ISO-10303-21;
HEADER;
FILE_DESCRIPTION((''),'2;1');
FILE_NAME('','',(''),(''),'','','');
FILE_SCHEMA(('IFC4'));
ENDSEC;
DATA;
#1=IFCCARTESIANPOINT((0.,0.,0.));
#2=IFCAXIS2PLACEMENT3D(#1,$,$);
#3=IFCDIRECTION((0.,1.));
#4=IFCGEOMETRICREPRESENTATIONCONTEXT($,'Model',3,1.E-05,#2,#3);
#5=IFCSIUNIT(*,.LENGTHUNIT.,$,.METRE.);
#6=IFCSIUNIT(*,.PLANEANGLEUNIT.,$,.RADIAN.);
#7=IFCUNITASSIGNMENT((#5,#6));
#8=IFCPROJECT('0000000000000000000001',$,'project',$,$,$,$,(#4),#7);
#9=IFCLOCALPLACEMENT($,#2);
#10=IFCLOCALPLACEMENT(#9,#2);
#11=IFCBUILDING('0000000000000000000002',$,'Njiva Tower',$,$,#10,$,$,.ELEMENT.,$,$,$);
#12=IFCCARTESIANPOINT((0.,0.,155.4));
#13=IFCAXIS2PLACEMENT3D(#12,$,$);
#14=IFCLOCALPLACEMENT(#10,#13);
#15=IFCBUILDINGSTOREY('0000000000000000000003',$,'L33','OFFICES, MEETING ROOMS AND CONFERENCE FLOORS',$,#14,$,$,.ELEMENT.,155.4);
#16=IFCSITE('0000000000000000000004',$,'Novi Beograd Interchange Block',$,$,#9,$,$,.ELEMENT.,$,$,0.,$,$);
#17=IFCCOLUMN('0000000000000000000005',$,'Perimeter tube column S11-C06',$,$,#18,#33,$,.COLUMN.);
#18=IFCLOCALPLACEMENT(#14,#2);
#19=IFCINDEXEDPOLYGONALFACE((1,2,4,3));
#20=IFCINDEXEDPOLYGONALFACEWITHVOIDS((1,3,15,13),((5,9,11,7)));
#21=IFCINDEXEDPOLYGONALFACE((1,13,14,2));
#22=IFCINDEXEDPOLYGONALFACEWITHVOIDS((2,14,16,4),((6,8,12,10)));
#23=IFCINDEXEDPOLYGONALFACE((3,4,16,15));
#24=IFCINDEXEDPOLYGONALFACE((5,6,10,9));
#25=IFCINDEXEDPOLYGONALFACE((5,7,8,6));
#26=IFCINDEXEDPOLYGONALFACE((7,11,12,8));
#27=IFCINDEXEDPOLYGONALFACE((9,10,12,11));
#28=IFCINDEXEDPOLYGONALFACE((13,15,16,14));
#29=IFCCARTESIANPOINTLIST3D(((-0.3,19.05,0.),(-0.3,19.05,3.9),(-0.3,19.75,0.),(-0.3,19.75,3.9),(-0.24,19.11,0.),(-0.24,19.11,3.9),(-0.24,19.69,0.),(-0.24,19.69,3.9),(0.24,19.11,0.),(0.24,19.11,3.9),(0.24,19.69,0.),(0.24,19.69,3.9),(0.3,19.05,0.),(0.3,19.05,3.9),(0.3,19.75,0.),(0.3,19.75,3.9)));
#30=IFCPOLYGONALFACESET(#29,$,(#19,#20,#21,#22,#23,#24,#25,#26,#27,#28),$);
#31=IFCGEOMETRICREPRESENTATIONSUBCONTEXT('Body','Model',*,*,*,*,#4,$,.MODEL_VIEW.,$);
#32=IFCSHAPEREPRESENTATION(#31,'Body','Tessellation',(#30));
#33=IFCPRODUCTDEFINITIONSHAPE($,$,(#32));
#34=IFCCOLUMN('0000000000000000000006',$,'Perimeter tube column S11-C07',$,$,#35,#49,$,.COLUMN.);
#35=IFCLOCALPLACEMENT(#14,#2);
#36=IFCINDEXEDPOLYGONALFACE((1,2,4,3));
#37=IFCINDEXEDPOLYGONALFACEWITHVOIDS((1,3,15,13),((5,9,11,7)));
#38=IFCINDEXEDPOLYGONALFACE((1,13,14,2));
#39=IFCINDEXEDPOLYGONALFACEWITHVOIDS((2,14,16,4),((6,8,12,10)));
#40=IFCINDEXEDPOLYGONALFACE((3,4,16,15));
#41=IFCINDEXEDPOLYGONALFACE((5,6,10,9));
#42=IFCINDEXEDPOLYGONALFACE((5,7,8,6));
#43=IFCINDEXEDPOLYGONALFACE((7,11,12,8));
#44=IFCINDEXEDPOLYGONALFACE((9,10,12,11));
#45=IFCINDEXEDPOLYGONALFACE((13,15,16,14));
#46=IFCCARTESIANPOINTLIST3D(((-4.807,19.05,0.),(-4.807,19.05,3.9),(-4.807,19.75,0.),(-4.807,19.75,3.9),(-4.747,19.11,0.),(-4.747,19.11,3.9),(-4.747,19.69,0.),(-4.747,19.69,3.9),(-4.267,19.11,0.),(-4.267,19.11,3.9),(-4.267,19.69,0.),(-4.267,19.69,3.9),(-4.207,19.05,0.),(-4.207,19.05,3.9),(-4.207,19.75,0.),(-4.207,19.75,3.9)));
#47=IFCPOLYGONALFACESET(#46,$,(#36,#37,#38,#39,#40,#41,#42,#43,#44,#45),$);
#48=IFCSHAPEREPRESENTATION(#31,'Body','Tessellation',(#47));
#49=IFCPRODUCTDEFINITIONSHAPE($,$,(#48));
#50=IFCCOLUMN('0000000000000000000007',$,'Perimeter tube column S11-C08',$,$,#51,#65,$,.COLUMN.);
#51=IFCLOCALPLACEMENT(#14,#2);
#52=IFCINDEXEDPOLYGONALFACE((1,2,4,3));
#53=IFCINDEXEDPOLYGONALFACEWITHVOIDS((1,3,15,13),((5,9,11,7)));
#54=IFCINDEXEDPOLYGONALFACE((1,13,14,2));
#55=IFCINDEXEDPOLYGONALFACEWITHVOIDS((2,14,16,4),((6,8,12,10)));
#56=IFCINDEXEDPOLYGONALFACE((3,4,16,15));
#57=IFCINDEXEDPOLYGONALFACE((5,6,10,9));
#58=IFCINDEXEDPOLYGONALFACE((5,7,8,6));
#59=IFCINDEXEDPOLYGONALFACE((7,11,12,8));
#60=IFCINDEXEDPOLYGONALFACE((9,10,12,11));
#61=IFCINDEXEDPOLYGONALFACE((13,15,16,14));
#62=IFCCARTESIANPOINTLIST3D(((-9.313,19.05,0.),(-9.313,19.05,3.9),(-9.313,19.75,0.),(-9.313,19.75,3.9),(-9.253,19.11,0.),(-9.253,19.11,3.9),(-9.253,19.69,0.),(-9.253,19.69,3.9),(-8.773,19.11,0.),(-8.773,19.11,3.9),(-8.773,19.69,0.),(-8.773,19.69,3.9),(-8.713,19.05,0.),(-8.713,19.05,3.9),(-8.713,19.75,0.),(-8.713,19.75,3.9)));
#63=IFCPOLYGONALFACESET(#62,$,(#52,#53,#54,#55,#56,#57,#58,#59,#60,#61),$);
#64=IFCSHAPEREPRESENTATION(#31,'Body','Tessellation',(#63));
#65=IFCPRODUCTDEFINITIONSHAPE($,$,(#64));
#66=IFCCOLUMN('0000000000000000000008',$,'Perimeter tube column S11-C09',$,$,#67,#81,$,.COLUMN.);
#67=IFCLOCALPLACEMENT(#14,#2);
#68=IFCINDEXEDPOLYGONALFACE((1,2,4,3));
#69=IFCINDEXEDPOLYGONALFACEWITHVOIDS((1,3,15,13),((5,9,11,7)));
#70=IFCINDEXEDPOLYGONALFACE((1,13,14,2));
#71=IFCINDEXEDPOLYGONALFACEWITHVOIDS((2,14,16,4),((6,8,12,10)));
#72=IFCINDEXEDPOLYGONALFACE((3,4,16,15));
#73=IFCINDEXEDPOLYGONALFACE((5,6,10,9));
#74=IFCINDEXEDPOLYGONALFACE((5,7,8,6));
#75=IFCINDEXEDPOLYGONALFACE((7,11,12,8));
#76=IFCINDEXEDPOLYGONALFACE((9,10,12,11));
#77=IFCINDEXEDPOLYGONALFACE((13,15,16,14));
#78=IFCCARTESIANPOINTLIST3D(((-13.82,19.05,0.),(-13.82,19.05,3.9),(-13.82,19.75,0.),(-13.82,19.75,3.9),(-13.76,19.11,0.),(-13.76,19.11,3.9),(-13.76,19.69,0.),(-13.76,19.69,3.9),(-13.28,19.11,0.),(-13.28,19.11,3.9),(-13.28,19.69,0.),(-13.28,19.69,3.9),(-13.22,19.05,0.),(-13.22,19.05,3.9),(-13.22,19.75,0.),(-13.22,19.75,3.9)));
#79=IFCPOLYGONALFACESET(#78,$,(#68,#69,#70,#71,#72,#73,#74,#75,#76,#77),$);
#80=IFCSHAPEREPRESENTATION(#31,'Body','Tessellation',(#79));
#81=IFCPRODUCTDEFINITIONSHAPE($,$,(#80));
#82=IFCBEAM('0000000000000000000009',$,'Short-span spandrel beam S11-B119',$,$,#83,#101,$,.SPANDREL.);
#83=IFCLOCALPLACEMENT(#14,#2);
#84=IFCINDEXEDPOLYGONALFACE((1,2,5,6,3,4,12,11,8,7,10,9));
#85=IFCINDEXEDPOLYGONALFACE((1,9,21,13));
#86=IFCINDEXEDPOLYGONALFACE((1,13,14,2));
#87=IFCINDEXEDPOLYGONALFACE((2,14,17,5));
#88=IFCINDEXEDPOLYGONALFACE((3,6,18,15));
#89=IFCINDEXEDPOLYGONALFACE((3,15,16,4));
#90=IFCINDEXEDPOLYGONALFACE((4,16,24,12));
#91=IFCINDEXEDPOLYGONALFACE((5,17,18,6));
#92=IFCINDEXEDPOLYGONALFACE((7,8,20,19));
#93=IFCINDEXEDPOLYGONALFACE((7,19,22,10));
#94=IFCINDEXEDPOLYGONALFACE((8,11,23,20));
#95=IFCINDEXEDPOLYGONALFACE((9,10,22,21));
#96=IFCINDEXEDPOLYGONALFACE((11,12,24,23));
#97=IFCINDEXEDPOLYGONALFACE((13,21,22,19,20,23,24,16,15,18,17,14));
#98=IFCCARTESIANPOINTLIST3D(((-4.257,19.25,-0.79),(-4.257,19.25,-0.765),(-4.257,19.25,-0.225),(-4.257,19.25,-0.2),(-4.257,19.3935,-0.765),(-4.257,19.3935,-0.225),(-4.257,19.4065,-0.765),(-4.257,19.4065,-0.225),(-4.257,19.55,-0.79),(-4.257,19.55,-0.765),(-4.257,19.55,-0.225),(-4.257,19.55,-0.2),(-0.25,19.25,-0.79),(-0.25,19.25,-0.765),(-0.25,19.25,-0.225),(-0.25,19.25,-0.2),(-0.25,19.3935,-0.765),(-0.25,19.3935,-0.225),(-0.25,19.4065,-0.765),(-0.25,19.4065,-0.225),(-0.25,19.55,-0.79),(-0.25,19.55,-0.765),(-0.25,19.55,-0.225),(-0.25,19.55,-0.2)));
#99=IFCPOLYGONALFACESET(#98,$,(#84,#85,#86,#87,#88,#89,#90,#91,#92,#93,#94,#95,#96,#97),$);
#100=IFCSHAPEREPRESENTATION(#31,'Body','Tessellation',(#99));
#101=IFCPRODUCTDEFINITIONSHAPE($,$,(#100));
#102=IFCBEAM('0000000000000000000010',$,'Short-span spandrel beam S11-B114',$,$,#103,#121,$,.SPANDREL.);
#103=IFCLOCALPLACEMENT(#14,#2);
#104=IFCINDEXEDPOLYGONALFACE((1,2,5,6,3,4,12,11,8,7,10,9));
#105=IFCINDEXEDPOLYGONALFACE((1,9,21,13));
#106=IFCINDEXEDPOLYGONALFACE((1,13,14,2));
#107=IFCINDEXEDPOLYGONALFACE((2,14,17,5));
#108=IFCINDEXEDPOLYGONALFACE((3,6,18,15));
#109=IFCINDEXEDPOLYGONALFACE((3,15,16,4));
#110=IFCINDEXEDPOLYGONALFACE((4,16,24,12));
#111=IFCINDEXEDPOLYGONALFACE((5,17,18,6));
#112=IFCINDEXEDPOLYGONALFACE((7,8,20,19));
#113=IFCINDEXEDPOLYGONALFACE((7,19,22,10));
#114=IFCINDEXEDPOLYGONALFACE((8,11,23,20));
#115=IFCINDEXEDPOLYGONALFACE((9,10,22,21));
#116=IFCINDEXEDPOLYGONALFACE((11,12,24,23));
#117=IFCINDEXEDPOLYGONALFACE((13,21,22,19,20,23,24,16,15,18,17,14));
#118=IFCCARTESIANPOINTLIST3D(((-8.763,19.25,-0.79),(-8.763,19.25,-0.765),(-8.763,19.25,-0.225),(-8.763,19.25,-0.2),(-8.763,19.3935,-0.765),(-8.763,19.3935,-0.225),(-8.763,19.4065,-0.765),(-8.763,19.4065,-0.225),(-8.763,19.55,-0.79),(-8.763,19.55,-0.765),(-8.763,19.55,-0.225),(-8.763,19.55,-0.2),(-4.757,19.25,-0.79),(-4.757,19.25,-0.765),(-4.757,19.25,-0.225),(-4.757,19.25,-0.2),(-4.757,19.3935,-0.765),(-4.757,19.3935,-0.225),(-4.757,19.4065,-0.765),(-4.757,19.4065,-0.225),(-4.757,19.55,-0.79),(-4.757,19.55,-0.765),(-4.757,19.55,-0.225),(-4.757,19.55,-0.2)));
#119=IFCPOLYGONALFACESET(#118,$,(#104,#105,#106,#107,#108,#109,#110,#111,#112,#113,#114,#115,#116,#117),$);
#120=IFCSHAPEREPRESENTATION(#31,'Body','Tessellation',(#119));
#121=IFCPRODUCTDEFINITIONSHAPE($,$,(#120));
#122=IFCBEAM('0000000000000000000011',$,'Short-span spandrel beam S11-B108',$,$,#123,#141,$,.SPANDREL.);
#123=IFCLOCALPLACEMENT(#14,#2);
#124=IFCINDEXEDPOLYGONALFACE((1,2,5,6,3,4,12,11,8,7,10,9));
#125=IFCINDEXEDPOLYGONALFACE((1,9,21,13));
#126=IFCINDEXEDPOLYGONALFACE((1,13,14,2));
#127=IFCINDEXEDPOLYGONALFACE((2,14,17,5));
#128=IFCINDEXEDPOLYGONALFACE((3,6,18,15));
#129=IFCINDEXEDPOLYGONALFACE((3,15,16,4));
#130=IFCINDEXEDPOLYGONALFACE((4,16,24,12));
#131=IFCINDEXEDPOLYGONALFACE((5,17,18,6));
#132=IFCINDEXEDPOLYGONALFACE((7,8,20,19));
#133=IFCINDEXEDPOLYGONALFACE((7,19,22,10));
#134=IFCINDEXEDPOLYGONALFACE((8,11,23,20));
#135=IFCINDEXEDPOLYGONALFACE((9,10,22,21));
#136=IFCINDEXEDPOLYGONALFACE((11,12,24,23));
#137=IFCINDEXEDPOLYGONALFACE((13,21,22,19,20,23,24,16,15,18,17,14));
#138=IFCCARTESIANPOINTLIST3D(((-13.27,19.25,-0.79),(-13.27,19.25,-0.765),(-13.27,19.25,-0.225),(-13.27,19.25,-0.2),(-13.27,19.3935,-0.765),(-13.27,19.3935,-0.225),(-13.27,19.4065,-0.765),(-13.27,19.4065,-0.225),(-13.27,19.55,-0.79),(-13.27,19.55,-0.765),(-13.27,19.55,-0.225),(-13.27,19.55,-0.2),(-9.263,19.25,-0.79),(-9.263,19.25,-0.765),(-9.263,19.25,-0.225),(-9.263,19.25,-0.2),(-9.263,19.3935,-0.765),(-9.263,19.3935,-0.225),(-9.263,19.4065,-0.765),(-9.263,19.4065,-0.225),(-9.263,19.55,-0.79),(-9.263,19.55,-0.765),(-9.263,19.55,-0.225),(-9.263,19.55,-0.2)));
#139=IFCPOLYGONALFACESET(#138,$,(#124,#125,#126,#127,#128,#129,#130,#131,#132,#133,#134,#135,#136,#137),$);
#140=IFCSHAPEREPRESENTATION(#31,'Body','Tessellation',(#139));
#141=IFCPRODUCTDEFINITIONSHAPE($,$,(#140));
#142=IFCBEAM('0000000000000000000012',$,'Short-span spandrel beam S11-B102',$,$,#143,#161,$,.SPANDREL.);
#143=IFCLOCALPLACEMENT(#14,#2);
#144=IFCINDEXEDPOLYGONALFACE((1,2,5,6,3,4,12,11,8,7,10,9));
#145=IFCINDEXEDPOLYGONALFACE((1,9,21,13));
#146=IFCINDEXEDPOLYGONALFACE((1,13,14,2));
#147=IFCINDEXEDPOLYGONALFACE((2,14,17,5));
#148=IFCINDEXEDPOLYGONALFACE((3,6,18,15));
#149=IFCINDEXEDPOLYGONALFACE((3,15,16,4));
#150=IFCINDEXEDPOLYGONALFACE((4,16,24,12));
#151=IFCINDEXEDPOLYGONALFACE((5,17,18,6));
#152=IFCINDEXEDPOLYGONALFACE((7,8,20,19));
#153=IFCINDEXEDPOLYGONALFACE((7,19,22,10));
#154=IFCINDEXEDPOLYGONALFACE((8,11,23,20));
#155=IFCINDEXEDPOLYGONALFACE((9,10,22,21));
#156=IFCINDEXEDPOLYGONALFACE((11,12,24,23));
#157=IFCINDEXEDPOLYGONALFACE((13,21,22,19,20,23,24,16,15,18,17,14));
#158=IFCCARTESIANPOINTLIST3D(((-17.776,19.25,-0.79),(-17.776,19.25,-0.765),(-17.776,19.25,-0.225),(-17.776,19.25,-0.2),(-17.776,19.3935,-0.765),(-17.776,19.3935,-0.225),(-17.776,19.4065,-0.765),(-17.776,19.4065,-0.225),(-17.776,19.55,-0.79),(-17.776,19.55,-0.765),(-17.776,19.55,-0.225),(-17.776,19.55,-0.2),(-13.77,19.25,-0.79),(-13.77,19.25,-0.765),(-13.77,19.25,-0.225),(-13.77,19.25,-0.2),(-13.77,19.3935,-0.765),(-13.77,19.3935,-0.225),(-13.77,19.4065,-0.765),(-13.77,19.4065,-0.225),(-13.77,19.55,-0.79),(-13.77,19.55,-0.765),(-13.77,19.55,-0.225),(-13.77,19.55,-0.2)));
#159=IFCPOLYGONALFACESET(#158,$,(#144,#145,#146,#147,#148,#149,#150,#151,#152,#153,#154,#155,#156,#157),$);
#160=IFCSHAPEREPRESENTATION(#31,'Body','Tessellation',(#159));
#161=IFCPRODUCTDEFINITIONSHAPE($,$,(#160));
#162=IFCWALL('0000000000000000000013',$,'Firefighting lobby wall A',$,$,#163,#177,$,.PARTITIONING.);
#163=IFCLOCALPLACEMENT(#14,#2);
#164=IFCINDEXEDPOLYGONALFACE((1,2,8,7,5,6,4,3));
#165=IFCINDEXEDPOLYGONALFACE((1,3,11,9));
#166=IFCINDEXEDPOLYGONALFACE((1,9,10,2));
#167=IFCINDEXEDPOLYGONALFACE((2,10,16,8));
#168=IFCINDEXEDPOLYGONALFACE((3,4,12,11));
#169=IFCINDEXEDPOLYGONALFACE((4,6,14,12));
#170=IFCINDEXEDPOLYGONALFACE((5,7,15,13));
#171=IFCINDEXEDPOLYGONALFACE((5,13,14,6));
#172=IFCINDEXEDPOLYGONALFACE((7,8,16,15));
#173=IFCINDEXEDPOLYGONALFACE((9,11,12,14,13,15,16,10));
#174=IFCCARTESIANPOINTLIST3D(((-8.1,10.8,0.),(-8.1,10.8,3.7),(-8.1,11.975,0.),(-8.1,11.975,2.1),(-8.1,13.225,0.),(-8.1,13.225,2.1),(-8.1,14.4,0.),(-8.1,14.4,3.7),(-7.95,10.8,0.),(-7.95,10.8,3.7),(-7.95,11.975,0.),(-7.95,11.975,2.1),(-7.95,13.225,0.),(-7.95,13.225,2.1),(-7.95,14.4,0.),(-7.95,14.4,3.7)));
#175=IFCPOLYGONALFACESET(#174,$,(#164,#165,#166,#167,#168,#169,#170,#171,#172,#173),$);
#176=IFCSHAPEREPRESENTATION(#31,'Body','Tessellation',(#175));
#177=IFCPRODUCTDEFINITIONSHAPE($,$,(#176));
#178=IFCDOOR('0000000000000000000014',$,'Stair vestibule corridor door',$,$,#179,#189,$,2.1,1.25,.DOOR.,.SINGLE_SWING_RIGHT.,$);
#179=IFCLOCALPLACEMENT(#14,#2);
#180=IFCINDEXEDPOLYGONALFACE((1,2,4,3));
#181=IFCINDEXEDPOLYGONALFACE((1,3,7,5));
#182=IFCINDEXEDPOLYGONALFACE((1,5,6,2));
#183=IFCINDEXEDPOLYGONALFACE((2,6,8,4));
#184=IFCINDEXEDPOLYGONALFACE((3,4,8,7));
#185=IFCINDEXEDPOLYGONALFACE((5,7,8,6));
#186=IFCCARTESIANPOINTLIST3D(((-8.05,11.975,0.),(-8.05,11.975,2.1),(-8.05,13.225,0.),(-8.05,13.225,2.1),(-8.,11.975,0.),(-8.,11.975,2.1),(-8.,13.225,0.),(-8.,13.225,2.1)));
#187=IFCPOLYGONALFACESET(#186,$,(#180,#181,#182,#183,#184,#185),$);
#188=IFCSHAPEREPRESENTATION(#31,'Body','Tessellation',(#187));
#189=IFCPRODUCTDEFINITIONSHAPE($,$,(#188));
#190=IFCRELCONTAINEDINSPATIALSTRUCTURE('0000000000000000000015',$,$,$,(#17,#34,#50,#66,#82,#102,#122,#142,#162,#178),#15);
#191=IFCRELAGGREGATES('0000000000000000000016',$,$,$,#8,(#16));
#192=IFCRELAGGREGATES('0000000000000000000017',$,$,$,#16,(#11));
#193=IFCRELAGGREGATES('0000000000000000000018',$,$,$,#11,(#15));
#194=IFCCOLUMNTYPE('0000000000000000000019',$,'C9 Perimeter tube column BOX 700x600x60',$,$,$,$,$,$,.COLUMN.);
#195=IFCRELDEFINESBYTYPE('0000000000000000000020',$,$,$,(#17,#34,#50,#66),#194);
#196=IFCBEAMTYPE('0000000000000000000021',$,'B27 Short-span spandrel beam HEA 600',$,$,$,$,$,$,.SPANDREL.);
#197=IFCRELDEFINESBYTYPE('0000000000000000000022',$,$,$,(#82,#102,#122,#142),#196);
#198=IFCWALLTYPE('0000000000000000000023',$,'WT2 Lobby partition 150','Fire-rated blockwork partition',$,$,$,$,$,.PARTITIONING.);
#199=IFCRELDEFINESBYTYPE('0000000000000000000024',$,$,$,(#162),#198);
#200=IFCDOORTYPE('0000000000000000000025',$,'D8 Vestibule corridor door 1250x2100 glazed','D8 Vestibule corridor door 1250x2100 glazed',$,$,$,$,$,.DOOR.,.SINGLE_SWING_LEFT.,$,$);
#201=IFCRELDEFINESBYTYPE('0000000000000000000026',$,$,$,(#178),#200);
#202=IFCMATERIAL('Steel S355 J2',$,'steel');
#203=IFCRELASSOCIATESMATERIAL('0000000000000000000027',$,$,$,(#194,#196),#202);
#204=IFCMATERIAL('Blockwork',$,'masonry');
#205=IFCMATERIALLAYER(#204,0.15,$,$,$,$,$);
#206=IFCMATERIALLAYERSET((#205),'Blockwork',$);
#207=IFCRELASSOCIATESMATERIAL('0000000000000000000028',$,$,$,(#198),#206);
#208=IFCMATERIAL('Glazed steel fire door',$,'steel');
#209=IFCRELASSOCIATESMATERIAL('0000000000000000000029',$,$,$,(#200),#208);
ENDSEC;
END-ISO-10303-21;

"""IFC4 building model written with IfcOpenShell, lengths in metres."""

from ifc_helpers import new_model, si_unit, direction, frame, frame_2d, origin, origin_2d, place, context, subcontext, project, spatial, rectangle, hollow_rectangle, i_section, extrude, material, layer, layer_set, material_profile, profile_set, type_object, element, fill, save


model = new_model("IFC4")

# Units and contexts
model_context = context("Model", 3, precision=1e-05, world=origin(), true_north=direction((0.0, 1.0)))
body_context = subcontext(model_context, "Body", "Model", "MODEL_VIEW")
ifc_project = project(units=[si_unit("LENGTHUNIT", "METRE"), si_unit("PLANEANGLEUNIT", "RADIAN")], contexts=[model_context])

# Site, building, storey
site_placement = place(None, origin())
site = spatial("IfcSite", under=ifc_project, at=site_placement, Name="Novi Beograd Interchange Block", CompositionType="ELEMENT", RefElevation=0.0)
building_placement = place(site_placement, origin())
building = spatial("IfcBuilding", under=site, at=building_placement, Name="Njiva Tower", CompositionType="ELEMENT")
storey_placement = place(building_placement, frame((0.0, 0.0, 155.4)))
storey = spatial("IfcBuildingStorey", under=building, at=storey_placement, Name="L33", Description="OFFICES, MEETING ROOMS AND CONFERENCE FLOORS", CompositionType="ELEMENT", Elevation=155.4)

# Columns
ifc_material_1 = material(Name="Steel S355 J2", Category="steel")
ifc_material_profile_1 = material_profile(ifc_material_1, hollow_rectangle(XDim=0.6, YDim=0.7, WallThickness=0.06, at=origin_2d()), Name="BOX 700x600x60")
ifc_profile_set_1 = profile_set([ifc_material_profile_1], Name="Steel S355 J2")
column_type = type_object("IfcColumnType", Name="C9 Perimeter tube column BOX 700x600x60", PredefinedType="COLUMN", material=ifc_profile_set_1)
for number, where, z_axis, x_axis, name in (
    (1, (0.0, 19.4, 0.0), (0.0, 0.0, 1.0), (-1.0, 0.0, 0.0), "Perimeter tube column S11-C06"),
    (2, (-4.507, 19.4, 0.0), (0.0, 0.0, 1.0), (-1.0, 0.0, 0.0), "Perimeter tube column S11-C07"),
    (3, (-9.013, 19.4, 0.0), (0.0, 0.0, 1.0), (-1.0, 0.0, 0.0), "Perimeter tube column S11-C08"),
    (4, (-13.52, 19.4, 0.0), (0.0, 0.0, 1.0), (-1.0, 0.0, 0.0), "Perimeter tube column S11-C09"),
):
    element("IfcColumn", number, at=place(storey_placement, frame(where, z_axis=z_axis, x_axis=x_axis)), inside=storey, type_object=column_type, Name=name, PredefinedType="COLUMN", context=body_context, shape_type="SweptSolid", body=[
        extrude(hollow_rectangle(XDim=0.6, YDim=0.7, WallThickness=0.06, at=origin_2d()), origin(), (0.0, 0.0, 1.0), 3.9),
    ])

# Beams
ifc_material_profile_2 = material_profile(ifc_material_1, i_section(OverallWidth=0.3, OverallDepth=0.59, WebThickness=0.013, FlangeThickness=0.025, at=origin_2d()), Name="HEA 600")
ifc_profile_set_2 = profile_set([ifc_material_profile_2], Name="Steel S355 J2")
beam_type = type_object("IfcBeamType", Name="B27 Short-span spandrel beam HEA 600", PredefinedType="SPANDREL", material=ifc_profile_set_2)
beam_1_placement = place(storey_placement, frame((-0.25, 19.4, -0.495), z_axis=(-1.0, 0.0, 0.0), x_axis=(0.0, -1.0, 0.0)))
element("IfcBeam", 5, at=beam_1_placement, inside=storey, type_object=beam_type, Name="Short-span spandrel beam S11-B119", PredefinedType="SPANDREL", context=body_context, shape_type="SweptSolid", body=[
    extrude(i_section(OverallWidth=0.3, OverallDepth=0.59, WebThickness=0.013, FlangeThickness=0.025, at=origin_2d()), origin(), (0.0, 0.0, 1.0), 4.007),
])
beam_2_placement = place(storey_placement, frame((-4.757, 19.4, -0.495), z_axis=(-1.0, 0.0, 0.0), x_axis=(0.0, -1.0, 0.0)))
element("IfcBeam", 6, at=beam_2_placement, inside=storey, type_object=beam_type, Name="Short-span spandrel beam S11-B114", PredefinedType="SPANDREL", context=body_context, shape_type="SweptSolid", body=[
    extrude(i_section(OverallWidth=0.3, OverallDepth=0.59, WebThickness=0.013, FlangeThickness=0.025, at=origin_2d()), origin(), (0.0, 0.0, 1.0), 4.006),
])
beam_3_placement = place(storey_placement, frame((-9.263, 19.4, -0.495), z_axis=(-1.0, 0.0, 0.0), x_axis=(0.0, -1.0, 0.0)))
element("IfcBeam", 7, at=beam_3_placement, inside=storey, type_object=beam_type, Name="Short-span spandrel beam S11-B108", PredefinedType="SPANDREL", context=body_context, shape_type="SweptSolid", body=[
    extrude(i_section(OverallWidth=0.3, OverallDepth=0.59, WebThickness=0.013, FlangeThickness=0.025, at=origin_2d()), origin(), (0.0, 0.0, 1.0), 4.007),
])
beam_4_placement = place(storey_placement, frame((-13.77, 19.4, -0.495), z_axis=(-1.0, 0.0, 0.0), x_axis=(0.0, -1.0, 0.0)))
element("IfcBeam", 8, at=beam_4_placement, inside=storey, type_object=beam_type, Name="Short-span spandrel beam S11-B102", PredefinedType="SPANDREL", context=body_context, shape_type="SweptSolid", body=[
    extrude(i_section(OverallWidth=0.3, OverallDepth=0.59, WebThickness=0.013, FlangeThickness=0.025, at=origin_2d()), origin(), (0.0, 0.0, 1.0), 4.006),
])

# Wall, opening, door
ifc_material_2 = material(Name="Blockwork", Category="masonry")
ifc_layer_1 = layer(ifc_material_2, 0.15)
ifc_layer_set_1 = layer_set([ifc_layer_1], Name="Blockwork")
wall_type_1 = type_object("IfcWallType", Name="WT2 Lobby partition 150", Description="Fire-rated blockwork partition", PredefinedType="PARTITIONING", material=ifc_layer_set_1)
wall_1_placement = place(storey_placement, frame((-8.025, 10.8, 0.0), z_axis=(0.0, 0.0, 1.0), x_axis=(0.0, 1.0, 0.0)))
wall_1 = element("IfcWall", 9, at=wall_1_placement, inside=storey, type_object=wall_type_1, Name="Firefighting lobby wall A", PredefinedType="PARTITIONING", context=body_context, shape_type="SweptSolid", body=[
    extrude(rectangle(XDim=3.6, YDim=0.15, at=frame_2d((1.8, 0.0))), origin(), (0.0, 0.0, 1.0), 3.7),
])
opening_1_placement = place(wall_1_placement, frame((1.175, 0.0, 0.0)))
opening_1 = element("IfcOpeningElement", 10, at=opening_1_placement, cuts=wall_1, PredefinedType="OPENING", context=body_context, shape_type="SweptSolid", body=[
    extrude(rectangle(XDim=1.25, YDim=2.1, at=frame_2d((0.625, 1.05))), frame((0.0, 0.085, 0.0), z_axis=(0.0, -1.0, 0.0), x_axis=(1.0, 0.0, 0.0)), (0.0, 0.0, 1.0), 0.17),
])
ifc_material_3 = material(Name="Glazed steel fire door", Category="steel")
door_type_1 = type_object("IfcDoorType", Name="D8 Vestibule corridor door 1250x2100 glazed", Description="D8 Vestibule corridor door 1250x2100 glazed", OperationType="SINGLE_SWING_LEFT", PredefinedType="DOOR", material=ifc_material_3)
door_1_placement = place(opening_1_placement, origin())
door_1 = element("IfcDoor", 11, at=door_1_placement, inside=storey, type_object=door_type_1, Name="Stair vestibule corridor door", OperationType="SINGLE_SWING_RIGHT", OverallHeight=2.1, OverallWidth=1.25, PredefinedType="DOOR", context=body_context, shape_type="SweptSolid", body=[
    extrude(rectangle(XDim=1.25, YDim=2.1, at=frame_2d((0.625, 1.05))), frame((0.0, 0.025, 0.0), z_axis=(0.0, -1.0, 0.0), x_axis=(1.0, 0.0, 0.0)), (0.0, 0.0, 1.0), 0.05),
])
fill(opening_1, door_1)

save(model, "model.ifc")
